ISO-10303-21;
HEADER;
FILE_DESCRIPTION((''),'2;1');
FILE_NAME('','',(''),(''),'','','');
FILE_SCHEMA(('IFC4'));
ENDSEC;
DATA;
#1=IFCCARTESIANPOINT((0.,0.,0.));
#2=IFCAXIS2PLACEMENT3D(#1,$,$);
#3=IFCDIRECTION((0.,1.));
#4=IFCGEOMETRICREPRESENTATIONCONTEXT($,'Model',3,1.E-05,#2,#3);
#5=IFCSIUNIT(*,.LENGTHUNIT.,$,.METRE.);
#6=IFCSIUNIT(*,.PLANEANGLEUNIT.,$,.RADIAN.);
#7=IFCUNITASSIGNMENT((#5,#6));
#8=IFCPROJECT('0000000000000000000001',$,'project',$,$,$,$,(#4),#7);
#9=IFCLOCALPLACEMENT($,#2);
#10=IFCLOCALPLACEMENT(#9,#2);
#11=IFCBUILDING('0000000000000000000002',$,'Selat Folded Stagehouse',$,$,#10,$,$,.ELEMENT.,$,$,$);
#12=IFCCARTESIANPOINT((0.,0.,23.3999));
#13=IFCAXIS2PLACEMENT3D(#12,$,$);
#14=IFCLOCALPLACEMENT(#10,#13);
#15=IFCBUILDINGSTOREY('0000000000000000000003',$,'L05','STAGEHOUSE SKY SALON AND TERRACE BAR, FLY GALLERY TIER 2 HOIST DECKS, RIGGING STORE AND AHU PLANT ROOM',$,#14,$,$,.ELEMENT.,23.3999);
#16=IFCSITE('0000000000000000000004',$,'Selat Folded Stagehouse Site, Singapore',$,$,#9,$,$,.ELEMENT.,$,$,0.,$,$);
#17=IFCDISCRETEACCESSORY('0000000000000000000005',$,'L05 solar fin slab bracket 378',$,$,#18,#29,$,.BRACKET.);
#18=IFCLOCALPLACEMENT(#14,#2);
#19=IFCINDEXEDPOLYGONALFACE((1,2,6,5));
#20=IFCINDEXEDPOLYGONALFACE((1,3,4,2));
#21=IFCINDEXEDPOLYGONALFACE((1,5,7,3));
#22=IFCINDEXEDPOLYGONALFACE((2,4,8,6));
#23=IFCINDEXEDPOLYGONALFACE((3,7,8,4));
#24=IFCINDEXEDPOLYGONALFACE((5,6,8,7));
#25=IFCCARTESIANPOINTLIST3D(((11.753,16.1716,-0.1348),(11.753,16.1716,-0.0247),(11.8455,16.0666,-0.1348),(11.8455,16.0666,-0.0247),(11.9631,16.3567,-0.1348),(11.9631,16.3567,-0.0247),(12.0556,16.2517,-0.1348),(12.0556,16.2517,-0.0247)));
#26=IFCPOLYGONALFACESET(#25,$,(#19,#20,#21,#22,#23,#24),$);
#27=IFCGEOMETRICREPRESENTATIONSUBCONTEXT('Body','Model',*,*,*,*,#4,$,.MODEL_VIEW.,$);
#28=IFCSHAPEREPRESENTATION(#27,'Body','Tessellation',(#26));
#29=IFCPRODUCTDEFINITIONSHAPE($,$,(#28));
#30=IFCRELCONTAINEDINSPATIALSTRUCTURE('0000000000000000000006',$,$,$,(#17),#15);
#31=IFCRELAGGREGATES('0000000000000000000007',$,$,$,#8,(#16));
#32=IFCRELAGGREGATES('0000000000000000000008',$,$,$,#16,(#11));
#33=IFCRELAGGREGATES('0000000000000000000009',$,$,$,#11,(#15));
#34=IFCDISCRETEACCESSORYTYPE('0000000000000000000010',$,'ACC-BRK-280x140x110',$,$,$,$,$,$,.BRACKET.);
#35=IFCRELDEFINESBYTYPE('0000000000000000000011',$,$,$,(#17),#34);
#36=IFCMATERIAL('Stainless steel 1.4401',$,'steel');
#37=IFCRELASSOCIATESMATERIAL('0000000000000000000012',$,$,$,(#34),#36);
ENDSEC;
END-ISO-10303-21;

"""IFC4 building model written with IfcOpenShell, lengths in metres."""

from ifc_helpers import new_model, si_unit, direction, frame, origin, origin_2d, place, context, subcontext, project, spatial, rectangle, extrude, material, type_object, element, save


model = new_model("IFC4")

# Units and contexts
model_context = context("Model", 3, precision=1e-05, world=origin(), true_north=direction((0.0, 1.0)))
body_context = subcontext(model_context, "Body", "Model", "MODEL_VIEW")
ifc_project = project(units=[si_unit("LENGTHUNIT", "METRE"), si_unit("PLANEANGLEUNIT", "RADIAN")], contexts=[model_context])

# Site, building, storey
site_placement = place(None, origin())
site = spatial("IfcSite", under=ifc_project, at=site_placement, Name="Selat Folded Stagehouse Site, Singapore", CompositionType="ELEMENT", RefElevation=0.0)
building_placement = place(site_placement, origin())
building = spatial("IfcBuilding", under=site, at=building_placement, Name="Selat Folded Stagehouse", CompositionType="ELEMENT")
storey_placement = place(building_placement, frame((0.0, 0.0, 23.3999)))
storey = spatial("IfcBuildingStorey", under=building, at=storey_placement, Name="L05", Description="STAGEHOUSE SKY SALON AND TERRACE BAR, FLY GALLERY TIER 2 HOIST DECKS, RIGGING STORE AND AHU PLANT ROOM", CompositionType="ELEMENT", Elevation=23.3999)

# Discrete accessory
ifc_material_1 = material(Name="Stainless steel 1.4401", Category="steel")
discrete_accessory_type = type_object("IfcDiscreteAccessoryType", Name="ACC-BRK-280x140x110", PredefinedType="BRACKET", material=ifc_material_1)
for number, where, z_axis, x_axis, name in (
    (1, (11.9043, 16.2117, -0.1348), (0.0, 0.0, 1.0), (-0.750457, -0.660919, 0.0), "L05 solar fin slab bracket 378"),
):
    element("IfcDiscreteAccessory", number, at=place(storey_placement, frame(where, z_axis=z_axis, x_axis=x_axis)), inside=storey, type_object=discrete_accessory_type, Name=name, PredefinedType="BRACKET", context=body_context, shape_type="SweptSolid", body=[
        extrude(rectangle(XDim=0.28, YDim=0.1399, at=origin_2d()), origin(), (0.0, 0.0, 1.0), 0.1101),
    ])

save(model, "model.ifc")
